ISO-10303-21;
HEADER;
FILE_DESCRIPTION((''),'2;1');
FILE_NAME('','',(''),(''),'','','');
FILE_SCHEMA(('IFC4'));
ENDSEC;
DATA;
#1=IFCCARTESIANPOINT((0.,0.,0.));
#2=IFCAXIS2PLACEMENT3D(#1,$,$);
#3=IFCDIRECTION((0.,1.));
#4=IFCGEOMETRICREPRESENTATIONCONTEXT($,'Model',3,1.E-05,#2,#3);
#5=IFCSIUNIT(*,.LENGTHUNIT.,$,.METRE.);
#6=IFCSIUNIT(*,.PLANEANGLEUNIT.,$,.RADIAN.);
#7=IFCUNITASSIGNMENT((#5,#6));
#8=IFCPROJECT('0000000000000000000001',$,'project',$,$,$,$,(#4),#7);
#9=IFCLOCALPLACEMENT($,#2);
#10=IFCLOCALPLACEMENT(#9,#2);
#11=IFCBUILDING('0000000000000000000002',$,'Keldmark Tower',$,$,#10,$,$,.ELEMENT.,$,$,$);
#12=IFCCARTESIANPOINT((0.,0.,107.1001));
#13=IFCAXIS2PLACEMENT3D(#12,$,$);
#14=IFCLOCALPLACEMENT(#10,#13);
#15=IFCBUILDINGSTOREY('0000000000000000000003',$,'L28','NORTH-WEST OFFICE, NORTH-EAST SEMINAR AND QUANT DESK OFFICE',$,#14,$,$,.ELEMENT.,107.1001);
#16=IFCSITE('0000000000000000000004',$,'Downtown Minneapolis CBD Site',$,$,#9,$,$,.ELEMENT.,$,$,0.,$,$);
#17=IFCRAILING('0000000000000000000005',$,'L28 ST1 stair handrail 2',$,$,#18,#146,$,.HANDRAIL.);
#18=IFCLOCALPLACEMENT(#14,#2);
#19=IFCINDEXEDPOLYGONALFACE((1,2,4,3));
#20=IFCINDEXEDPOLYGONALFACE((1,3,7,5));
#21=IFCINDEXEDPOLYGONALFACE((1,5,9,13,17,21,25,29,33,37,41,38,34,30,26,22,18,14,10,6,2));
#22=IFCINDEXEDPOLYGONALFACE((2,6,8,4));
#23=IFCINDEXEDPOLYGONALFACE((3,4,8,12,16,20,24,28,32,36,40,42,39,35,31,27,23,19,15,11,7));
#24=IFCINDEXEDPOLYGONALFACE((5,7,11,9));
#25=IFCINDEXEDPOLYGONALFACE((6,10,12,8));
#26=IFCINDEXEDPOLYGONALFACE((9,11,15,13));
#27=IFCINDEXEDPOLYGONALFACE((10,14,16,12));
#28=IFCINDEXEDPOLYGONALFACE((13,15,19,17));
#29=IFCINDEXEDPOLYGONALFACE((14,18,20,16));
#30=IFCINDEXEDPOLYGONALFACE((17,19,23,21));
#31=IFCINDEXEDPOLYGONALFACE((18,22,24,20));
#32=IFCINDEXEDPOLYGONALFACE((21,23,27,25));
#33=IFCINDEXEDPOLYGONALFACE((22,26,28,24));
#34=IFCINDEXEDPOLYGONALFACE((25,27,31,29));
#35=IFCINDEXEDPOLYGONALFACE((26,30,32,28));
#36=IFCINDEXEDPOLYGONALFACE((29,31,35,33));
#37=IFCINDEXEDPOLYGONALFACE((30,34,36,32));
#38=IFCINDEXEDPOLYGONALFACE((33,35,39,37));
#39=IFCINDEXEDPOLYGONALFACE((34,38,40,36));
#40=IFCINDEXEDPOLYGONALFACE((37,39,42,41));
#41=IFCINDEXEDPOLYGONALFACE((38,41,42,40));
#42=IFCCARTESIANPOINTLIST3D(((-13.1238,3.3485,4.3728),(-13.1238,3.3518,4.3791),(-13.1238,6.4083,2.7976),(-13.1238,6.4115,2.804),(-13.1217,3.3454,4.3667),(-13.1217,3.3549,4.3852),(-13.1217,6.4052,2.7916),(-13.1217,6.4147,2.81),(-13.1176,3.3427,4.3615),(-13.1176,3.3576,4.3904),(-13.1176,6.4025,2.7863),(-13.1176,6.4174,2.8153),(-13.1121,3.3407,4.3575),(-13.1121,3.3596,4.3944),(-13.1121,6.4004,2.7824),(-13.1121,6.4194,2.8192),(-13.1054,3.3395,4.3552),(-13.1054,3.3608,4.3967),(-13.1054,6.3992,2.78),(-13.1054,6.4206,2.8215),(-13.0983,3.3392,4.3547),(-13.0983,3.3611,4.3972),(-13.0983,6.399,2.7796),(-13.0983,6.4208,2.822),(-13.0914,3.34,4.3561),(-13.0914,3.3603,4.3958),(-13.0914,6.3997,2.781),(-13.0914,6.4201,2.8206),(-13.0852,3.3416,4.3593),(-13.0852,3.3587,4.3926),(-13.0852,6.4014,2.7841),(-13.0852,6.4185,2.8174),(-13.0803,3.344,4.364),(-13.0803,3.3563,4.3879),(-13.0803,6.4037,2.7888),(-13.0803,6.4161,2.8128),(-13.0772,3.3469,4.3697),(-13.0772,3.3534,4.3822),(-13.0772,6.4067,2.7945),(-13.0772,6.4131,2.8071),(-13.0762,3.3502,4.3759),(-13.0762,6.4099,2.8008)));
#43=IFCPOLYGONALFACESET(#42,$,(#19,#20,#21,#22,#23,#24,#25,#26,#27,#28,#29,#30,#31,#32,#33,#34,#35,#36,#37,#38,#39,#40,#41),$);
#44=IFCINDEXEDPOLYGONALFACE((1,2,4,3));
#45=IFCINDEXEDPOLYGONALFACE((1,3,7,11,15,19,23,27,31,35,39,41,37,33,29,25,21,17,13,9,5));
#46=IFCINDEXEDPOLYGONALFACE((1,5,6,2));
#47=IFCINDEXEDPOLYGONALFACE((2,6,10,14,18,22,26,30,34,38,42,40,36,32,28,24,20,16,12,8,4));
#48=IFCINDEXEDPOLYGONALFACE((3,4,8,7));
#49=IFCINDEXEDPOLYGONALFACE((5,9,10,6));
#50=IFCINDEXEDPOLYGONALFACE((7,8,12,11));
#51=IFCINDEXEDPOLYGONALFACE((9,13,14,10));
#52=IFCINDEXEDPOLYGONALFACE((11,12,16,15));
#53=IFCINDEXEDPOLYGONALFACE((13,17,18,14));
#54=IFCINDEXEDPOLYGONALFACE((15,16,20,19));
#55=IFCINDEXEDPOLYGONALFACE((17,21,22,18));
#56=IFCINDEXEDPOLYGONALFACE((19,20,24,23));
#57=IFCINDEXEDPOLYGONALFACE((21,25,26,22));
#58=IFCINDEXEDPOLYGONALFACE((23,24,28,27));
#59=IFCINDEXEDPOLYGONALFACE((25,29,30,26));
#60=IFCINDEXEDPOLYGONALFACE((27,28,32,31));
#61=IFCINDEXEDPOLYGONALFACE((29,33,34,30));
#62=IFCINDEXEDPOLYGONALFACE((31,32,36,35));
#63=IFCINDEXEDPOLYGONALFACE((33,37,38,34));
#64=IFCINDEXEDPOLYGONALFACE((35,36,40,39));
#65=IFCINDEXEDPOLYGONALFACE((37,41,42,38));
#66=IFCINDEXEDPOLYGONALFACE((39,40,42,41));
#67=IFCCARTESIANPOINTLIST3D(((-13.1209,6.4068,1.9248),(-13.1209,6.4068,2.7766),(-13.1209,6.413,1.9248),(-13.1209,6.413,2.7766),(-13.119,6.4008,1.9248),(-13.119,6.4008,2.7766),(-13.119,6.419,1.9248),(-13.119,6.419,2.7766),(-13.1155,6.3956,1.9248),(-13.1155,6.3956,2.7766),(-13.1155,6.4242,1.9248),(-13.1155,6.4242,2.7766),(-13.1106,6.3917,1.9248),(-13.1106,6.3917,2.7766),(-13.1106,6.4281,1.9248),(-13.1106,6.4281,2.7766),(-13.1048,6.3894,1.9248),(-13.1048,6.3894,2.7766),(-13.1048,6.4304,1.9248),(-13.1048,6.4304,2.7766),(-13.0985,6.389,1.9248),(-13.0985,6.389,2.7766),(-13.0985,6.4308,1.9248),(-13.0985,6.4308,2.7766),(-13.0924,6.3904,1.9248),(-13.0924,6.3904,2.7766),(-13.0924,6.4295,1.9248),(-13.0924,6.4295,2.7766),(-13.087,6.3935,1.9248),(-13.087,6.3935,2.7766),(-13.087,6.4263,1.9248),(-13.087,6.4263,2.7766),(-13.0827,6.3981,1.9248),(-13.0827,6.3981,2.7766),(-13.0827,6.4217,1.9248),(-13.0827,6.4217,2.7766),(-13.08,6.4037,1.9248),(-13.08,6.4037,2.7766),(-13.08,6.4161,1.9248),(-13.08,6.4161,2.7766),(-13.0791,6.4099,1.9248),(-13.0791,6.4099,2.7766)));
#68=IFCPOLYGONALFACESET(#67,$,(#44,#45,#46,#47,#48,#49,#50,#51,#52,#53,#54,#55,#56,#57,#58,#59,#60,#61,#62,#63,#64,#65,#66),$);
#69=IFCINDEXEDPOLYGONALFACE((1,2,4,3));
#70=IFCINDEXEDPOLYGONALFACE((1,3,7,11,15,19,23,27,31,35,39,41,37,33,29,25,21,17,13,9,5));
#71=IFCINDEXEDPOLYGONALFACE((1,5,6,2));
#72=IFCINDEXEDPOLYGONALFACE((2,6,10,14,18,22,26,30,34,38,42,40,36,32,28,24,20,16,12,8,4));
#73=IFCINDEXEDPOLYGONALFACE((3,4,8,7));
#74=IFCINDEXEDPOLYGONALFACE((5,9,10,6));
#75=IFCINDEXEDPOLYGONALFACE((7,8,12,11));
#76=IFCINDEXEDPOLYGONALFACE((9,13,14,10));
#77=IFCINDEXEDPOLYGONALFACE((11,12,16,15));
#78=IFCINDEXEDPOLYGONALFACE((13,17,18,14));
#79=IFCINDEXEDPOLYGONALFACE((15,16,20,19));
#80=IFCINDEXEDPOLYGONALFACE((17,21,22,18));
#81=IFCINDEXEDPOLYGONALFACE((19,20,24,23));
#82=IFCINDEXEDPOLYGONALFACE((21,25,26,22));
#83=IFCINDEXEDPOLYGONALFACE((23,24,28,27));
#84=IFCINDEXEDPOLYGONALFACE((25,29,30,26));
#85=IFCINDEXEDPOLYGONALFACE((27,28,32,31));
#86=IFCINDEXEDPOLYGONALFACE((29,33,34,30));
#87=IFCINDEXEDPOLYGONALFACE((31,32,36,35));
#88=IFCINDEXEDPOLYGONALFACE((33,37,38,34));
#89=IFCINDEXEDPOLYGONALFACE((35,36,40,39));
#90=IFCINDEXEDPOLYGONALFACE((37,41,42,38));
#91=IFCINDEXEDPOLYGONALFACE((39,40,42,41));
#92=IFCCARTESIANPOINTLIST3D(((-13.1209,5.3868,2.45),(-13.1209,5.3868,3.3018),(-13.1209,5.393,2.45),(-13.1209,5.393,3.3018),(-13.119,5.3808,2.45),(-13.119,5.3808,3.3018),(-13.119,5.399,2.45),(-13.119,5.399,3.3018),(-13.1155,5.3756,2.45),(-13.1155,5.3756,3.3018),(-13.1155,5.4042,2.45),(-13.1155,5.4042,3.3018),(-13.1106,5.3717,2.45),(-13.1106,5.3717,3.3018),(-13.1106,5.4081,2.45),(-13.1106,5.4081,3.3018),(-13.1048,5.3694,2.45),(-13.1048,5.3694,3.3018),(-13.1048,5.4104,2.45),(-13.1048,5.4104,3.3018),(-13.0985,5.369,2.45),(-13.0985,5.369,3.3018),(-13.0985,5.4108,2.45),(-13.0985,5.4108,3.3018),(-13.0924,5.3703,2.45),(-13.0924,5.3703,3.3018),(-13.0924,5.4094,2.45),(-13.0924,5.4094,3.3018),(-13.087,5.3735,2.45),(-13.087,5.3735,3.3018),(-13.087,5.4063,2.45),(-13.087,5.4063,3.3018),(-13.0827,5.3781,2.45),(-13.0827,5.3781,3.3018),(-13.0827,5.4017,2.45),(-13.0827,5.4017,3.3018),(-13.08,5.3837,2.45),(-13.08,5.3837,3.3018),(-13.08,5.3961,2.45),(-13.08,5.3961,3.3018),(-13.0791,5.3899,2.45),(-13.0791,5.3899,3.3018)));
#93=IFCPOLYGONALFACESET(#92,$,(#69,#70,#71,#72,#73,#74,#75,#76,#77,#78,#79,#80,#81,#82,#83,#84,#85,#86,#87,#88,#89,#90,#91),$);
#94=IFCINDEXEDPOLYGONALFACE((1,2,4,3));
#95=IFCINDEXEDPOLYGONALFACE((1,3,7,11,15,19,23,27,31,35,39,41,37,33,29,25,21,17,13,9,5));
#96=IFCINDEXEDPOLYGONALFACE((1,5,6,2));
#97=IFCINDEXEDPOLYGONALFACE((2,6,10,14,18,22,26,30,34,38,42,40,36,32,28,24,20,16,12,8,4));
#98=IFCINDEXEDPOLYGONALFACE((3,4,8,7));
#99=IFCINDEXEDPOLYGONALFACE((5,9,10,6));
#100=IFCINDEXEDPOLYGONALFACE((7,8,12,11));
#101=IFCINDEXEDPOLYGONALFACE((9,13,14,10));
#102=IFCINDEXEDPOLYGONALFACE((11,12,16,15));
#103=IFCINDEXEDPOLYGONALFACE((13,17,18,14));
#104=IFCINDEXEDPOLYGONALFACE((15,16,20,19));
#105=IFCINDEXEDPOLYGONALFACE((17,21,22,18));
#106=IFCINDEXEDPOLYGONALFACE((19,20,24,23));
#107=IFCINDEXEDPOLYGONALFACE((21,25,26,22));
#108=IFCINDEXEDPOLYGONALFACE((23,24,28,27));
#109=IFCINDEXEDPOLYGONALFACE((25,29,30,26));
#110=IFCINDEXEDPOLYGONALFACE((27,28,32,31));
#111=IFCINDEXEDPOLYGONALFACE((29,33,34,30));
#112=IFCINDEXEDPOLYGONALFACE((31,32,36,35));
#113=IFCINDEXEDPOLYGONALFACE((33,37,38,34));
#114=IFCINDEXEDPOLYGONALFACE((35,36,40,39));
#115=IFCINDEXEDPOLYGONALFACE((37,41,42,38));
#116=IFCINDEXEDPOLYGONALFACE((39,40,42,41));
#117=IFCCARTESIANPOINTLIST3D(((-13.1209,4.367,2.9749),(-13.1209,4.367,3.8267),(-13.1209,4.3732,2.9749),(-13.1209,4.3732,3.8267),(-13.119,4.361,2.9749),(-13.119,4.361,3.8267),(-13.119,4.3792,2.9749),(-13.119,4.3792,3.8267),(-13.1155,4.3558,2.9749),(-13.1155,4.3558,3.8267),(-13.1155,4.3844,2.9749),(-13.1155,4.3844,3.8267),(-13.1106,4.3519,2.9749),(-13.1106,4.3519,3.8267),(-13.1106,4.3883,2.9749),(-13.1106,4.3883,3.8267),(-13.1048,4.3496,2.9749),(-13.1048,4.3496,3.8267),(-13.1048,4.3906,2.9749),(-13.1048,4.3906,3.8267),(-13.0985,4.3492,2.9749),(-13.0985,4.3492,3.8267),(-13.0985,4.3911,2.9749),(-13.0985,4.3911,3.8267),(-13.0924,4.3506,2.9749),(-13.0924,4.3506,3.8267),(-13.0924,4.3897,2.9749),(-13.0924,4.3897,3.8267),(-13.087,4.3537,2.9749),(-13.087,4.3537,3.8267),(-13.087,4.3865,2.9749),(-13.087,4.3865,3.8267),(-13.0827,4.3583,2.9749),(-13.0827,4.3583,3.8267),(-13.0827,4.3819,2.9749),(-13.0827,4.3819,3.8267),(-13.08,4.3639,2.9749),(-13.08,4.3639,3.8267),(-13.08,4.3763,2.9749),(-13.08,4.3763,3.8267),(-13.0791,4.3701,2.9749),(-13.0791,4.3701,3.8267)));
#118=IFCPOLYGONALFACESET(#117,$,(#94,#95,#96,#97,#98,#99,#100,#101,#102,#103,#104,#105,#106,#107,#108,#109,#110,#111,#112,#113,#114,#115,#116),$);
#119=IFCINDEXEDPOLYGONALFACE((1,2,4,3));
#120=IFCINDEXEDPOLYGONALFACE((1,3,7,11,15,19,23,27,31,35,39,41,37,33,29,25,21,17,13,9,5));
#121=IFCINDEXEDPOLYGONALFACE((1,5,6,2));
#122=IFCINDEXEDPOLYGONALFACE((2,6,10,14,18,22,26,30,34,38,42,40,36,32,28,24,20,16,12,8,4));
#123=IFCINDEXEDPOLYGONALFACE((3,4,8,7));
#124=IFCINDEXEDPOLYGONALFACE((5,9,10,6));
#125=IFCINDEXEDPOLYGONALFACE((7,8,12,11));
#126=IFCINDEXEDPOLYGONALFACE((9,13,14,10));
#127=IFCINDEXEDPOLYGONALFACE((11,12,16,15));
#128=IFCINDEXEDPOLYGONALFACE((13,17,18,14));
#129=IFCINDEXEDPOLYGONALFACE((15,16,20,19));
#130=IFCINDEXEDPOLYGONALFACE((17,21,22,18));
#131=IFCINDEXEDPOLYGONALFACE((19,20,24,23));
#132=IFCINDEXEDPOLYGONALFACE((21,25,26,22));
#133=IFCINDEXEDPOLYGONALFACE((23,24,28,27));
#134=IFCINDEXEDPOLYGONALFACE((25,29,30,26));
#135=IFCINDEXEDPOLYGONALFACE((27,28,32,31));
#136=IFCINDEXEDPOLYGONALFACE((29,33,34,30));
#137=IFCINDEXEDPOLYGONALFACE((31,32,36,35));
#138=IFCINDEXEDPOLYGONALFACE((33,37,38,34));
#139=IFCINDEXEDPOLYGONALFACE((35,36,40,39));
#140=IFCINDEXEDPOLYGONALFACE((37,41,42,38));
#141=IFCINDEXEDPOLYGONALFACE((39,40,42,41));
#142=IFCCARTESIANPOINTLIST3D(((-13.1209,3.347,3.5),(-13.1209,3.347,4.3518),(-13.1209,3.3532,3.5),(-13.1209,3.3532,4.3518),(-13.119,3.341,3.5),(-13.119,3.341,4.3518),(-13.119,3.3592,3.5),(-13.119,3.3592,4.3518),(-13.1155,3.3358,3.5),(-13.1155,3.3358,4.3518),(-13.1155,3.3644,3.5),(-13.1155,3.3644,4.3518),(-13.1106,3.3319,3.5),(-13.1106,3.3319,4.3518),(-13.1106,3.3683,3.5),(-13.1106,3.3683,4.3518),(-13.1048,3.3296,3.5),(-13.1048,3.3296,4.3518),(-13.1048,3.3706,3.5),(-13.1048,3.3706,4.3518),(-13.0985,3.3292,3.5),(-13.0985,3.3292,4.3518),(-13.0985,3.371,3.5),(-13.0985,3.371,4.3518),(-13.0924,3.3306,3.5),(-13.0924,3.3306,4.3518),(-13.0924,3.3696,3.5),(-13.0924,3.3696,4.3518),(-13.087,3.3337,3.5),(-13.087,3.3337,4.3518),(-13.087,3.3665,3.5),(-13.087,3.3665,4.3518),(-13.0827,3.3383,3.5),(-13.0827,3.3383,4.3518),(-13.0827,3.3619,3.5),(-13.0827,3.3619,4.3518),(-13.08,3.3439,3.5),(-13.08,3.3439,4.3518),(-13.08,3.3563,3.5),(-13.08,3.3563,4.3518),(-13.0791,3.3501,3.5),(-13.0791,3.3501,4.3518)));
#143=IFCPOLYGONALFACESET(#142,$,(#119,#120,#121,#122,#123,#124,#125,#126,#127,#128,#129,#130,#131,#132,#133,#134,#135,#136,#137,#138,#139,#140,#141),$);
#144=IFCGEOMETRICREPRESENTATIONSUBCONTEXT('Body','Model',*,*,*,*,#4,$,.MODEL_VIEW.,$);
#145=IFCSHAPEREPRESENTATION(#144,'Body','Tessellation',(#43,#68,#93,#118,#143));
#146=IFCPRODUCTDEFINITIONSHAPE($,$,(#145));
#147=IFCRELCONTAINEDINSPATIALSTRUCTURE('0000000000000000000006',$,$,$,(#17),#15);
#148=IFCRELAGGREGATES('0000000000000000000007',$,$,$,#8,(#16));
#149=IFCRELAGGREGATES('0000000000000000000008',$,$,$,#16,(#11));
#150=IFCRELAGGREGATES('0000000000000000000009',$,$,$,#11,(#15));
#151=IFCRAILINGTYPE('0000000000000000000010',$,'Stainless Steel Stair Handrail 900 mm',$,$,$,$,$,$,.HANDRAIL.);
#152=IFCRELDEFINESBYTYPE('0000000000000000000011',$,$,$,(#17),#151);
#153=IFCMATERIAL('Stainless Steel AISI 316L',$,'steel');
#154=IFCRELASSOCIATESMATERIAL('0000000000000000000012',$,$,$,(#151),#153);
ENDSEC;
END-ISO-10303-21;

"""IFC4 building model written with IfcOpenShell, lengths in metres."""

from ifc_helpers import new_model, si_unit, direction, frame, origin, origin_2d, place, context, subcontext, project, spatial, circle, extrude, material, type_object, element, save


model = new_model("IFC4")

# Units and contexts
model_context = context("Model", 3, precision=1e-05, world=origin(), true_north=direction((0.0, 1.0)))
body_context = subcontext(model_context, "Body", "Model", "MODEL_VIEW")
ifc_project = project(units=[si_unit("LENGTHUNIT", "METRE"), si_unit("PLANEANGLEUNIT", "RADIAN")], contexts=[model_context])

# Site, building, storey
site_placement = place(None, origin())
site = spatial("IfcSite", under=ifc_project, at=site_placement, Name="Downtown Minneapolis CBD Site", CompositionType="ELEMENT", RefElevation=0.0)
building_placement = place(site_placement, origin())
building = spatial("IfcBuilding", under=site, at=building_placement, Name="Keldmark Tower", CompositionType="ELEMENT")
storey_placement = place(building_placement, frame((0.0, 0.0, 107.1001)))
storey = spatial("IfcBuildingStorey", under=building, at=storey_placement, Name="L28", Description="NORTH-WEST OFFICE, NORTH-EAST SEMINAR AND QUANT DESK OFFICE", CompositionType="ELEMENT", Elevation=107.1001)

# Railing
ifc_material_1 = material(Name="Stainless Steel AISI 316L", Category="steel")
railing_type_1 = type_object("IfcRailingType", Name="Stainless Steel Stair Handrail 900 mm", PredefinedType="HANDRAIL", material=ifc_material_1)
railing_1_placement = place(storey_placement, frame((-13.1001, 6.4099, 1.9248)))
element("IfcRailing", 1, at=railing_1_placement, inside=storey, type_object=railing_type_1, Name="L28 ST1 stair handrail 2", PredefinedType="HANDRAIL", context=body_context, shape_type="SweptSolid", body=[
    extrude(circle(Radius=0.0239, at=origin_2d()), frame((0.0, 0.0, 0.876), z_axis=(0.0, -0.889101, 0.45771), x_axis=(1.0, 0.0, 0.0)), (0.0, 0.0, 1.0), 3.4414),
    extrude(circle(Radius=0.021, at=origin_2d()), origin(), (0.0, 0.0, 1.0), 0.8518),
    extrude(circle(Radius=0.021, at=origin_2d()), frame((0.0, -1.02, 0.5251)), (0.0, 0.0, 1.0), 0.8518),
    extrude(circle(Radius=0.021, at=origin_2d()), frame((0.0, -2.0398, 1.05)), (0.0, 0.0, 1.0), 0.8518),
    extrude(circle(Radius=0.021, at=origin_2d()), frame((0.0, -3.0598, 1.5752)), (0.0, 0.0, 1.0), 0.8518),
])

save(model, "model.ifc")
